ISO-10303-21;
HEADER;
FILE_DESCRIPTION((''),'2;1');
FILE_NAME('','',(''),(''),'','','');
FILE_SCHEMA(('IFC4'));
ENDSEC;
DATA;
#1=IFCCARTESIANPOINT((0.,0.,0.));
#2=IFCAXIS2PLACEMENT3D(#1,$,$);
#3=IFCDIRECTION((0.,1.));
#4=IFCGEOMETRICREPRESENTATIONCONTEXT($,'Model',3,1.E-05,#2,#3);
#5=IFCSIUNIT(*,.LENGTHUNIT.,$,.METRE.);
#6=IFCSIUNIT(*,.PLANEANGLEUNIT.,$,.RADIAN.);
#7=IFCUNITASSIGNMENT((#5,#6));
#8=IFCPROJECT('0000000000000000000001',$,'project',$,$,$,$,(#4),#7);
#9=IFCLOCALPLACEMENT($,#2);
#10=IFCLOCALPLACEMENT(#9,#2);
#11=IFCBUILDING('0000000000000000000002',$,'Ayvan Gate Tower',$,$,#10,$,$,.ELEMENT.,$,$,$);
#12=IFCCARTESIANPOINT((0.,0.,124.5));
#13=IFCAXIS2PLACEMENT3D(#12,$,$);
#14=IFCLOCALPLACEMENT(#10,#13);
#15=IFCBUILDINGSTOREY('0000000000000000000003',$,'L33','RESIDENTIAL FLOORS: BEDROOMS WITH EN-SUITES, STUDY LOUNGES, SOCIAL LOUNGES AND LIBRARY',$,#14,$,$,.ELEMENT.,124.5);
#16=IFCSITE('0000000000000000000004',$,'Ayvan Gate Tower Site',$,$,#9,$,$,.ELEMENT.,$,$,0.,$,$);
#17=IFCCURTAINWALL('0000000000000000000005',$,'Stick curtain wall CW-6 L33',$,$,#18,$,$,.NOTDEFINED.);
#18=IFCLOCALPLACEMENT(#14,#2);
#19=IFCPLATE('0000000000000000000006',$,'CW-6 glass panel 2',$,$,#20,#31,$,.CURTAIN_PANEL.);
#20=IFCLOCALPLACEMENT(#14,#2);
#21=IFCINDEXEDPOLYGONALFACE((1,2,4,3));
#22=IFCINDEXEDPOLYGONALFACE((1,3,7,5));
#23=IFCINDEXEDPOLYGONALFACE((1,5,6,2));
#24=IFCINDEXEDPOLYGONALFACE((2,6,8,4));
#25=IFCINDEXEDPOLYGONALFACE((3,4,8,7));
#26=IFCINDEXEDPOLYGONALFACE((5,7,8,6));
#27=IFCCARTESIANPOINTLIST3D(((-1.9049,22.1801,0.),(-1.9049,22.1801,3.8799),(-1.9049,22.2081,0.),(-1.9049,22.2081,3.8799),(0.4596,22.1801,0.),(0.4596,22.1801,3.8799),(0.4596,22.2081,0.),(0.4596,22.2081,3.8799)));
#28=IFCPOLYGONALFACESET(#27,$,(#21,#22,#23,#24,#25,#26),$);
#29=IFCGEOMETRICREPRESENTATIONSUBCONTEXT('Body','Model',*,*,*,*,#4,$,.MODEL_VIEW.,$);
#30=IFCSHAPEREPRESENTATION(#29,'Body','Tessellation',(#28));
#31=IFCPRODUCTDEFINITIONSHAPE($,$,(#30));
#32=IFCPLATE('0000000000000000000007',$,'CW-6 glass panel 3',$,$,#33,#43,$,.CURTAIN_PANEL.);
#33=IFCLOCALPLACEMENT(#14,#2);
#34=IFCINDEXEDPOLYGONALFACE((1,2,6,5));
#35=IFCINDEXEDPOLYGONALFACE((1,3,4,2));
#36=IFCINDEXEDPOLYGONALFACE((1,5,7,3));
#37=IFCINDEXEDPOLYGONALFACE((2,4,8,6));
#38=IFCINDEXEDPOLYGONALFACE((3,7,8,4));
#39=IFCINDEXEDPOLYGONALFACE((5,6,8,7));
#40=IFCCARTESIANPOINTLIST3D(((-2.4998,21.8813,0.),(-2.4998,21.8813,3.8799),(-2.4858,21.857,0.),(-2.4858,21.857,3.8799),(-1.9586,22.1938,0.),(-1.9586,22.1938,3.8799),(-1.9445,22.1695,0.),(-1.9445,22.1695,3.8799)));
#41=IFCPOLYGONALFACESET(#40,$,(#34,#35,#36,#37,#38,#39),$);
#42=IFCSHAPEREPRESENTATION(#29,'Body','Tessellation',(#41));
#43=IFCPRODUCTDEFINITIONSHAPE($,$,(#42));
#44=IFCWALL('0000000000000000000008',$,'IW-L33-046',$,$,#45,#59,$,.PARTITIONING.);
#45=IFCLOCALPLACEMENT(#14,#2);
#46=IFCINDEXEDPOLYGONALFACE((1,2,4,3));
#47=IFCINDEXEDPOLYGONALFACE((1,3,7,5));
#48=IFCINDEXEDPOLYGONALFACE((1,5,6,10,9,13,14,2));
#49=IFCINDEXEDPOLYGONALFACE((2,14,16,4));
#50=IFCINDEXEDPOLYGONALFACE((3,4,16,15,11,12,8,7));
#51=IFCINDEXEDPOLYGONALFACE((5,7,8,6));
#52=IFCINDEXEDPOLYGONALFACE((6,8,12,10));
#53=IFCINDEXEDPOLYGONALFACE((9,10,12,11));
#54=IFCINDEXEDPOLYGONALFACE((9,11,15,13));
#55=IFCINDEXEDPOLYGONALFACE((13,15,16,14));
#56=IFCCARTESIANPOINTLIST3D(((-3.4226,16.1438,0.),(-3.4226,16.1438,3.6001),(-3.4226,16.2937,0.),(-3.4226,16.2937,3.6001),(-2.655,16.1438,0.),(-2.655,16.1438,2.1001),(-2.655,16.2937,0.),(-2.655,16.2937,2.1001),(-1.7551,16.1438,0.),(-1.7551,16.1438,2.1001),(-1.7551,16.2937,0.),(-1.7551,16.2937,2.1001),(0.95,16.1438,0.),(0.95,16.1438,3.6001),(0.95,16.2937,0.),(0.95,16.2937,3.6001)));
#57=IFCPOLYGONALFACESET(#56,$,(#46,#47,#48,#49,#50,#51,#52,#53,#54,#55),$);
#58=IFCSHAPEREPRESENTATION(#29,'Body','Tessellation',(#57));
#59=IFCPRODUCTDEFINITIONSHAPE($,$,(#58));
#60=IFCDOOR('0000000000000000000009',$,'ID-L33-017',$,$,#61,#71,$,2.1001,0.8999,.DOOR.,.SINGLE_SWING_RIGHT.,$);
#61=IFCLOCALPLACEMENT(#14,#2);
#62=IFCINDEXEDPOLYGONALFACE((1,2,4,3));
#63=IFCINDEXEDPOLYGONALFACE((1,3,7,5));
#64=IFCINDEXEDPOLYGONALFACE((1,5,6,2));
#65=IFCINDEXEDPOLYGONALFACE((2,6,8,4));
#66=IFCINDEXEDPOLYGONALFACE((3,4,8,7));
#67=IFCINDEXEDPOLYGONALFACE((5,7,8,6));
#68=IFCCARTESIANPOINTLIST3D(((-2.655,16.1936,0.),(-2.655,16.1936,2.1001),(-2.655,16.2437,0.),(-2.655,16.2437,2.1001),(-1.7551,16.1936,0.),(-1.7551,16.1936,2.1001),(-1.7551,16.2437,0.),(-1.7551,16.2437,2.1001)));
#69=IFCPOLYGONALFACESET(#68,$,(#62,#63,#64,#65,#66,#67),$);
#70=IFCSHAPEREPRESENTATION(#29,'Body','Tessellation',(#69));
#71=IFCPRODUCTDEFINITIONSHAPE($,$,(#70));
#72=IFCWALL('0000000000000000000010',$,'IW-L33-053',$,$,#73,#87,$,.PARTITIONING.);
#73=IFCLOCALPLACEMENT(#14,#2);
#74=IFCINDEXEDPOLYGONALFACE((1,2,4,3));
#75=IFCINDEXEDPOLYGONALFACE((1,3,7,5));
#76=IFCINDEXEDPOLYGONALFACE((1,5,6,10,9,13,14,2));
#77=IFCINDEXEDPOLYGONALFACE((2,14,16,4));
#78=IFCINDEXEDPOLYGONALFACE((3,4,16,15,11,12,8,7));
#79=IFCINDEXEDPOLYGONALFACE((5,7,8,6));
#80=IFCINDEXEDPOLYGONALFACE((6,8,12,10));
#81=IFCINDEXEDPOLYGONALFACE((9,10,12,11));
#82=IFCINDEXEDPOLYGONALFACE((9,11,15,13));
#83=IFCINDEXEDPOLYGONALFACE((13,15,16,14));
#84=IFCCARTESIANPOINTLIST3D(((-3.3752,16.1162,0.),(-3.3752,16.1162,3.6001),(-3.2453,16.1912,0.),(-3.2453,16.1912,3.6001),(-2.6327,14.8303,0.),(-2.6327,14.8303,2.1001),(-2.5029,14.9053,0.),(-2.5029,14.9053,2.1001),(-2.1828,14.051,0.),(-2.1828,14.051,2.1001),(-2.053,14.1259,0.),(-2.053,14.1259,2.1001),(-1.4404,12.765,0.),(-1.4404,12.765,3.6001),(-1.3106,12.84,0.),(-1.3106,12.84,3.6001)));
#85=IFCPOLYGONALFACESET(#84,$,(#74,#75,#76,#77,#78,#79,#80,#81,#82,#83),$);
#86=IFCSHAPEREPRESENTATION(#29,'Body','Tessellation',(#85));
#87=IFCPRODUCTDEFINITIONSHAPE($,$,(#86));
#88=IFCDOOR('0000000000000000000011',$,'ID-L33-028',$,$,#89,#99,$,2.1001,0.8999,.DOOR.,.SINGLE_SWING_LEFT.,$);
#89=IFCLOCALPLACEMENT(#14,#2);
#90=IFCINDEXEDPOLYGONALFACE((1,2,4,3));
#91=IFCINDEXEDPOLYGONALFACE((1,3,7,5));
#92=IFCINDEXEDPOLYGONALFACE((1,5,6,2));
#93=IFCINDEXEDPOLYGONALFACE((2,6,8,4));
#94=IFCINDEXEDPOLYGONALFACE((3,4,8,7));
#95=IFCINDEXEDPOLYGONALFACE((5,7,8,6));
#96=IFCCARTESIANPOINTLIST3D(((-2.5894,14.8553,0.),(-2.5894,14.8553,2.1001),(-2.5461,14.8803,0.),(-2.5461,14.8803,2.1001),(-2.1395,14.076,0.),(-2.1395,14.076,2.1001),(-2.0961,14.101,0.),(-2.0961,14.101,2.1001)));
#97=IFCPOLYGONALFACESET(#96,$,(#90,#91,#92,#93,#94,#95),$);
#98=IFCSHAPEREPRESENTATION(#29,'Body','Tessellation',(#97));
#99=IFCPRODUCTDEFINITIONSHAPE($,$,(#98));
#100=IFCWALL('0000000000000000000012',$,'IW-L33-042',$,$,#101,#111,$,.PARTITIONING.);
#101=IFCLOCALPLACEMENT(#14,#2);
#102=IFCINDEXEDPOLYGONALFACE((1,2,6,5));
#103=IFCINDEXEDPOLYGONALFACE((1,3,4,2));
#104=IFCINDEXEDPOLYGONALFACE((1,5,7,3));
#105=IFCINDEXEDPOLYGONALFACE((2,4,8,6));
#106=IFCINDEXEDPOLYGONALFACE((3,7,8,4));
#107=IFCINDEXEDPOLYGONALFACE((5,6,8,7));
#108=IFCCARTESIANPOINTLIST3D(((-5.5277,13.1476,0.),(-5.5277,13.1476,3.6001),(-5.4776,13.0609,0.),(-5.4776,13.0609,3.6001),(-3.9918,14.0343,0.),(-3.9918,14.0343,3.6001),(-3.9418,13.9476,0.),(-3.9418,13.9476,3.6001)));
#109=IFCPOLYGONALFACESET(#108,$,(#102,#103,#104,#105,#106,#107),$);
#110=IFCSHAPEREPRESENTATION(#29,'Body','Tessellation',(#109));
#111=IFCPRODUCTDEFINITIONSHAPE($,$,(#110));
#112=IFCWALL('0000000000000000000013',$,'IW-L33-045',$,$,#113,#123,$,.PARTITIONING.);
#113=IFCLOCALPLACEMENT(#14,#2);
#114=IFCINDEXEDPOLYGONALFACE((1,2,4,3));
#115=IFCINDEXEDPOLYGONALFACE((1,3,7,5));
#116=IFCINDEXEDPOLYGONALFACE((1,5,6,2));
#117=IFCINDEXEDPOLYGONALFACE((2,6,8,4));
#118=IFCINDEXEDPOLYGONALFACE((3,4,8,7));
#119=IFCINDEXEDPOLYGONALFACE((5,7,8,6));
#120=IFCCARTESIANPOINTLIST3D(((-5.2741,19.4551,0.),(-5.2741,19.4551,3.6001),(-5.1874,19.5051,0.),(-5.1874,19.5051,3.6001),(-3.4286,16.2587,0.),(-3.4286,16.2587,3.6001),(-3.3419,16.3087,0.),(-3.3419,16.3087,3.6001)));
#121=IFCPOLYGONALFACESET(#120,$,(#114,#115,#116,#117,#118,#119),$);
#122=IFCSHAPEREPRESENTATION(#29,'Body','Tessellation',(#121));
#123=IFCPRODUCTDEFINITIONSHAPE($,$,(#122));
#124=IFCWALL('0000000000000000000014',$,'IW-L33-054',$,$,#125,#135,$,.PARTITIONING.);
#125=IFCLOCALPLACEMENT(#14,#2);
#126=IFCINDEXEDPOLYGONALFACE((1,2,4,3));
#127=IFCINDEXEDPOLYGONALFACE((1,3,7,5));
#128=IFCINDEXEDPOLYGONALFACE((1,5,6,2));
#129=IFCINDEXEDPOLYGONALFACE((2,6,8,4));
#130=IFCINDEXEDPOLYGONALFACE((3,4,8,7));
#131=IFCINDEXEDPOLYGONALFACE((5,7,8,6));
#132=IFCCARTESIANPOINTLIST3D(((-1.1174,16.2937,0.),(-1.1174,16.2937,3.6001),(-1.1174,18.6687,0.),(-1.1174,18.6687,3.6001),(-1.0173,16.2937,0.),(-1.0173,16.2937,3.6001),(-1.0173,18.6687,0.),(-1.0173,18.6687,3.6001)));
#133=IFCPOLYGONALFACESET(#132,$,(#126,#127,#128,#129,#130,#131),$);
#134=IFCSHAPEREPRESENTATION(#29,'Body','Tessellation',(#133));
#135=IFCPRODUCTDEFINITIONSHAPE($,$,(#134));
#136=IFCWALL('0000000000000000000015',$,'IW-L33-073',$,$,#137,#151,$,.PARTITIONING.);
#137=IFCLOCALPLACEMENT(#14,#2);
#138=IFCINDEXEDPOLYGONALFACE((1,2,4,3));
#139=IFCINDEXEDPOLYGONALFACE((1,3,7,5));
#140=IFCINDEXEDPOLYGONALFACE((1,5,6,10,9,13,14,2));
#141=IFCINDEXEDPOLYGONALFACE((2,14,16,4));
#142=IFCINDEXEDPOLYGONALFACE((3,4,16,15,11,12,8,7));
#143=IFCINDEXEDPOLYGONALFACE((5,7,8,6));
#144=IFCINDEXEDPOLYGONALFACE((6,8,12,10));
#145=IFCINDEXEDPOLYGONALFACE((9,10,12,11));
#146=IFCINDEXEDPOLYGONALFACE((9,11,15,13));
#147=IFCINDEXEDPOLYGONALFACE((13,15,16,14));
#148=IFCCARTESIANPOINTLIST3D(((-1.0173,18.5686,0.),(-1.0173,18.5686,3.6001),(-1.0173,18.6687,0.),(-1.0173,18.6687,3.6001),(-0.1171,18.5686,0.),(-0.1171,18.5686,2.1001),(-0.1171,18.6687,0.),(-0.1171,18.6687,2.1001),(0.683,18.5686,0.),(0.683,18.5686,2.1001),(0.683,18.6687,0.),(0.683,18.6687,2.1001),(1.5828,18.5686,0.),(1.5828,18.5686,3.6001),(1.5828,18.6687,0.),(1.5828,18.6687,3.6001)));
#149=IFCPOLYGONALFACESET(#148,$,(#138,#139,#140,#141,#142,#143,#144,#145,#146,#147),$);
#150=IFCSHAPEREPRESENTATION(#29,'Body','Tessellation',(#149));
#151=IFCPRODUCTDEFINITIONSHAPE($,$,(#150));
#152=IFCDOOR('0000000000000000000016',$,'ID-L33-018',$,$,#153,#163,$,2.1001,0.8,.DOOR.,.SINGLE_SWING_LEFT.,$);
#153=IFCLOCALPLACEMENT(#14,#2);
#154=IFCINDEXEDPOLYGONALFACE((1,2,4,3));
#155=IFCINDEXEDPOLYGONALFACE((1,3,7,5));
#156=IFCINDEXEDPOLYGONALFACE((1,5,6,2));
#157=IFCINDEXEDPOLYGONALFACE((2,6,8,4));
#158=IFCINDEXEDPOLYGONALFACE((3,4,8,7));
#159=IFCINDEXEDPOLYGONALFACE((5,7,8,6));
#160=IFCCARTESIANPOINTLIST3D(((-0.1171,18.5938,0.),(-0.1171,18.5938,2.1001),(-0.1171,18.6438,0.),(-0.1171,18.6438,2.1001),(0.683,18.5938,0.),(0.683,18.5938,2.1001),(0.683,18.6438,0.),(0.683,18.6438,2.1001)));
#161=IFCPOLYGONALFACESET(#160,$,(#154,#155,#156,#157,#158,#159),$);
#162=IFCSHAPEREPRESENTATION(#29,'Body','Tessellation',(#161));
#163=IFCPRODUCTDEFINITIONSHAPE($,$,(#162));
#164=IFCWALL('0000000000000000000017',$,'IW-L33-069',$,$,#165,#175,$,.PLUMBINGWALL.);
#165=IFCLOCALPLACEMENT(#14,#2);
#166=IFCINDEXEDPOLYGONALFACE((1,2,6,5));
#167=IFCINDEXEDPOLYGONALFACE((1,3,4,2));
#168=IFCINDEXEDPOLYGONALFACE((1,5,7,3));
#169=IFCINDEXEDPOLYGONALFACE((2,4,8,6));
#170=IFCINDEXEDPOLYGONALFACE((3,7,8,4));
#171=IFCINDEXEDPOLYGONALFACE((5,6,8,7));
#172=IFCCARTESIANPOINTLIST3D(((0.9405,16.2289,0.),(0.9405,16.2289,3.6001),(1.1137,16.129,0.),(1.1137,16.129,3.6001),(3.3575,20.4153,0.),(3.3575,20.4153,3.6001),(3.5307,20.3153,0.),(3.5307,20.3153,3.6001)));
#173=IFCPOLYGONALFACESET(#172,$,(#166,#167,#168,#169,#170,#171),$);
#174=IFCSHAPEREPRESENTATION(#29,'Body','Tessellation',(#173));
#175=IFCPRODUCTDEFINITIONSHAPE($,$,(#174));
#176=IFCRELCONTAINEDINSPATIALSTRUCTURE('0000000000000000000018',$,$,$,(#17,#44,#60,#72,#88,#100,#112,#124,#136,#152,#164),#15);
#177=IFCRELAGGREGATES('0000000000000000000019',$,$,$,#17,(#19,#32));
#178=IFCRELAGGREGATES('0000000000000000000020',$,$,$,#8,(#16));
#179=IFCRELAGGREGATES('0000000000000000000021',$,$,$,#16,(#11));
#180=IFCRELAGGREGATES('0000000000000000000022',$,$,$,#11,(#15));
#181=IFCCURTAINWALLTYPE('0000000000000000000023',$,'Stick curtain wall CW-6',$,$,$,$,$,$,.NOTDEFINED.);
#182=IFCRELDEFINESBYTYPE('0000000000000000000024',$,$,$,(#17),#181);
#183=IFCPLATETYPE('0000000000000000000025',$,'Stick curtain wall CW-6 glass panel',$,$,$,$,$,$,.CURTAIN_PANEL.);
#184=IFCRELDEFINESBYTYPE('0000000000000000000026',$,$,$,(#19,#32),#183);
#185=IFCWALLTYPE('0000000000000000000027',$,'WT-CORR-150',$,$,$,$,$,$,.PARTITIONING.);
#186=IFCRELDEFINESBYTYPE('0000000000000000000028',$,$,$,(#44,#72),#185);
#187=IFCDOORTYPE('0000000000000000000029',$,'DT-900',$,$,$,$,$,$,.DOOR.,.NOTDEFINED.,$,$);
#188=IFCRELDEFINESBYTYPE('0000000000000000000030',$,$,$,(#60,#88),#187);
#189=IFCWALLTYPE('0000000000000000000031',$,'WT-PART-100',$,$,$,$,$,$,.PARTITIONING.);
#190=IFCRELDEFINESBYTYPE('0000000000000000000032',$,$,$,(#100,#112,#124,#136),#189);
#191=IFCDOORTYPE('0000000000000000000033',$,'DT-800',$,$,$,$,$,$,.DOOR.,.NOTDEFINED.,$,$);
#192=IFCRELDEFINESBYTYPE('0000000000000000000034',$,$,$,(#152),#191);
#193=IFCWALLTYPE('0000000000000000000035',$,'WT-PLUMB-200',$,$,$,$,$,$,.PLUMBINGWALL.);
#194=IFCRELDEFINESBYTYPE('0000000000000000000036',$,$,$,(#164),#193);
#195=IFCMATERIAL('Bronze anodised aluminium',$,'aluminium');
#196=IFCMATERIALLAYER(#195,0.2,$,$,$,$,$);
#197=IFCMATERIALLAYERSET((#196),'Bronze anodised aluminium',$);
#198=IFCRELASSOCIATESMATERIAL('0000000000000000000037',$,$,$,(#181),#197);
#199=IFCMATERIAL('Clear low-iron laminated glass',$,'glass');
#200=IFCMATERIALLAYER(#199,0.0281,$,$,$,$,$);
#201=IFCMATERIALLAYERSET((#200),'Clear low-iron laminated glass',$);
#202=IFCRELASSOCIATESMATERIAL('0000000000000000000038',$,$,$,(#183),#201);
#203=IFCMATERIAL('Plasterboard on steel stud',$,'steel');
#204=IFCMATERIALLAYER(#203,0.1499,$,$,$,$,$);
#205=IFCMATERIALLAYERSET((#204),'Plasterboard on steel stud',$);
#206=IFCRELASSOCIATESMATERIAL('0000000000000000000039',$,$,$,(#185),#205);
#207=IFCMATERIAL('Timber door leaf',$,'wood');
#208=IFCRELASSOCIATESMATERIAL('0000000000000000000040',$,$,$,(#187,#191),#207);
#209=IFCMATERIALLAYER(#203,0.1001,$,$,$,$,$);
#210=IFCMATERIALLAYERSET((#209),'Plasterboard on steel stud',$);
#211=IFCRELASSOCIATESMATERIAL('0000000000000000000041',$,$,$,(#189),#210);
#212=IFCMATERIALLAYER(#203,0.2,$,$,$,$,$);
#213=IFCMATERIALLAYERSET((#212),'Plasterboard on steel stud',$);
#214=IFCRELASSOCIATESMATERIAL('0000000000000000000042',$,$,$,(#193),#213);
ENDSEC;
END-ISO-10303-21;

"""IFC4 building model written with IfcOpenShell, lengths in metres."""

from ifc_helpers import new_model, si_unit, direction, frame, frame_2d, origin, origin_2d, place, context, subcontext, project, spatial, rectangle, extrude, material, layer, layer_set, type_object, element, fill, aggregate, save


model = new_model("IFC4")

# Units and contexts
model_context = context("Model", 3, precision=1e-05, world=origin(), true_north=direction((0.0, 1.0)))
body_context = subcontext(model_context, "Body", "Model", "MODEL_VIEW")
ifc_project = project(units=[si_unit("LENGTHUNIT", "METRE"), si_unit("PLANEANGLEUNIT", "RADIAN")], contexts=[model_context])

# Site, building, storey
site_placement = place(None, origin())
site = spatial("IfcSite", under=ifc_project, at=site_placement, Name="Ayvan Gate Tower Site", CompositionType="ELEMENT", RefElevation=0.0)
building_placement = place(site_placement, origin())
building = spatial("IfcBuilding", under=site, at=building_placement, Name="Ayvan Gate Tower", CompositionType="ELEMENT")
storey_placement = place(building_placement, frame((0.0, 0.0, 124.5)))
storey = spatial("IfcBuildingStorey", under=building, at=storey_placement, Name="L33", Description="RESIDENTIAL FLOORS: BEDROOMS WITH EN-SUITES, STUDY LOUNGES, SOCIAL LOUNGES AND LIBRARY", CompositionType="ELEMENT", Elevation=124.5)

# Shared definitions
ifc_material_1 = material(Name="Bronze anodised aluminium", Category="aluminium")

# Curtain wall, plates
ifc_layer_1 = layer(ifc_material_1, 0.2)
ifc_layer_set_1 = layer_set([ifc_layer_1], Name="Bronze anodised aluminium")
curtain_wall_type_1 = type_object("IfcCurtainWallType", Name="Stick curtain wall CW-6", PredefinedType="NOTDEFINED", material=ifc_layer_set_1)
curtain_wall_1_placement = place(storey_placement, origin())
curtain_wall_1 = element("IfcCurtainWall", 1, at=curtain_wall_1_placement, inside=storey, type_object=curtain_wall_type_1, Name="Stick curtain wall CW-6 L33", PredefinedType="NOTDEFINED")
ifc_material_2 = material(Name="Clear low-iron laminated glass", Category="glass")
ifc_layer_2 = layer(ifc_material_2, 0.0281)
ifc_layer_set_2 = layer_set([ifc_layer_2], Name="Clear low-iron laminated glass")
plate_type = type_object("IfcPlateType", Name="Stick curtain wall CW-6 glass panel", PredefinedType="CURTAIN_PANEL", material=ifc_layer_set_2)
plate_1_placement = place(storey_placement, frame((-0.7227, 22.1941, 0.0), z_axis=(0.0, 0.0, 1.0), x_axis=(-1.0, 0.0, 0.0)))
plate_1 = element("IfcPlate", 2, at=plate_1_placement, type_object=plate_type, Name="CW-6 glass panel 2", PredefinedType="CURTAIN_PANEL", context=body_context, shape_type="SweptSolid", body=[
    extrude(rectangle(XDim=2.3645, YDim=0.0281, at=origin_2d()), origin(), (0.0, 0.0, 1.0), 3.8799),
])
plate_2_placement = place(storey_placement, frame((-2.2222, 22.0254, 0.0), z_axis=(0.0, 0.0, 1.0), x_axis=(-0.866025, -0.5, 0.0)))
plate_2 = element("IfcPlate", 3, at=plate_2_placement, type_object=plate_type, Name="CW-6 glass panel 3", PredefinedType="CURTAIN_PANEL", context=body_context, shape_type="SweptSolid", body=[
    extrude(rectangle(XDim=0.625, YDim=0.0281, at=origin_2d()), origin(), (0.0, 0.0, 1.0), 3.8799),
])
aggregate(curtain_wall_1, [plate_1, plate_2])

# Walls, openings, doors
ifc_material_3 = material(Name="Plasterboard on steel stud", Category="steel")
ifc_layer_3 = layer(ifc_material_3, 0.1499)
ifc_layer_set_3 = layer_set([ifc_layer_3], Name="Plasterboard on steel stud")
wall_type_1 = type_object("IfcWallType", Name="WT-CORR-150", PredefinedType="PARTITIONING", material=ifc_layer_set_3)
wall_1_placement = place(storey_placement, frame((-3.4226, 16.2188, 0.0), z_axis=(0.0, 0.0, 1.0), x_axis=(1.0, 0.0, 0.0)))
wall_1 = element("IfcWall", 4, at=wall_1_placement, inside=storey, type_object=wall_type_1, Name="IW-L33-046", PredefinedType="PARTITIONING", context=body_context, shape_type="SweptSolid", body=[
    extrude(rectangle(XDim=4.3726, YDim=0.1499, at=frame_2d((2.1863, 0.0))), origin(), (0.0, 0.0, 1.0), 3.6001),
])
opening_1_placement = place(wall_1_placement, frame((0.7676, 0.0, 0.0)))
opening_1 = element("IfcOpeningElement", 5, at=opening_1_placement, cuts=wall_1, PredefinedType="OPENING", context=body_context, shape_type="SweptSolid", body=[
    extrude(rectangle(XDim=0.8999, YDim=2.1001, at=frame_2d((0.45, 1.05))), frame((0.0, 0.085, 0.0), z_axis=(0.0, -1.0, 0.0), x_axis=(1.0, 0.0, 0.0)), (0.0, 0.0, 1.0), 0.1699),
])
ifc_material_4 = material(Name="Timber door leaf", Category="wood")
door_type_1 = type_object("IfcDoorType", Name="DT-900", OperationType="NOTDEFINED", PredefinedType="DOOR", material=ifc_material_4)
door_1_placement = place(opening_1_placement, origin())
door_1 = element("IfcDoor", 6, at=door_1_placement, inside=storey, type_object=door_type_1, Name="ID-L33-017", OperationType="SINGLE_SWING_RIGHT", OverallHeight=2.1001, OverallWidth=0.8999, PredefinedType="DOOR", context=body_context, shape_type="SweptSolid", body=[
    extrude(rectangle(XDim=0.8999, YDim=2.1001, at=frame_2d((0.45, 1.05))), frame((0.0, 0.0249, 0.0), z_axis=(0.0, -1.0, 0.0), x_axis=(1.0, 0.0, 0.0)), (0.0, 0.0, 1.0), 0.05),
])
fill(opening_1, door_1)
wall_2_placement = place(storey_placement, frame((-1.3755, 12.8025, 0.0), z_axis=(0.0, 0.0, 1.0), x_axis=(-0.499986, 0.866033, 0.0)))
wall_2 = element("IfcWall", 7, at=wall_2_placement, inside=storey, type_object=wall_type_1, Name="IW-L33-053", PredefinedType="PARTITIONING", context=body_context, shape_type="SweptSolid", body=[
    extrude(rectangle(XDim=3.8696, YDim=0.1499, at=frame_2d((1.9348, 0.0))), origin(), (0.0, 0.0, 1.0), 3.6001),
])
opening_2_placement = place(wall_2_placement, frame((1.4849, 0.0, 0.0)))
opening_2 = element("IfcOpeningElement", 8, at=opening_2_placement, cuts=wall_2, PredefinedType="OPENING", context=body_context, shape_type="SweptSolid", body=[
    extrude(rectangle(XDim=0.8999, YDim=2.1001, at=frame_2d((0.45, 1.05))), frame((0.0, 0.085, 0.0), z_axis=(0.0, -1.0, 0.0), x_axis=(1.0, 0.0, 0.0)), (0.0, 0.0, 1.0), 0.1699),
])
door_2_placement = place(opening_2_placement, origin())
door_2 = element("IfcDoor", 9, at=door_2_placement, inside=storey, type_object=door_type_1, Name="ID-L33-028", OperationType="SINGLE_SWING_LEFT", OverallHeight=2.1001, OverallWidth=0.8999, PredefinedType="DOOR", context=body_context, shape_type="SweptSolid", body=[
    extrude(rectangle(XDim=0.8999, YDim=2.1001, at=frame_2d((0.45, 1.05))), frame((0.0, 0.0249, 0.0), z_axis=(0.0, -1.0, 0.0), x_axis=(1.0, 0.0, 0.0)), (0.0, 0.0, 1.0), 0.05),
])
fill(opening_2, door_2)

# Walls
ifc_layer_4 = layer(ifc_material_3, 0.1001)
ifc_layer_set_4 = layer_set([ifc_layer_4], Name="Plasterboard on steel stud")
wall_type_2 = type_object("IfcWallType", Name="WT-PART-100", PredefinedType="PARTITIONING", material=ifc_layer_set_4)
wall_3_placement = place(storey_placement, frame((-3.9668, 13.991, 0.0), z_axis=(0.0, 0.0, 1.0), x_axis=(-0.866032, -0.499989, 0.0)))
element("IfcWall", 10, at=wall_3_placement, inside=storey, type_object=wall_type_2, Name="IW-L33-042", PredefinedType="PARTITIONING", context=body_context, shape_type="SweptSolid", body=[
    extrude(rectangle(XDim=1.7734, YDim=0.1001, at=frame_2d((0.8867, 0.0))), origin(), (0.0, 0.0, 1.0), 3.6001),
])
wall_4_placement = place(storey_placement, frame((-3.3853, 16.2837, 0.0), z_axis=(0.0, 0.0, 1.0), x_axis=(-0.500016, 0.866016, 0.0)))
element("IfcWall", 11, at=wall_4_placement, inside=storey, type_object=wall_type_2, Name="IW-L33-045", PredefinedType="PARTITIONING", context=body_context, shape_type="SweptSolid", body=[
    extrude(rectangle(XDim=3.6909, YDim=0.1001, at=frame_2d((1.8455, 0.0))), origin(), (0.0, 0.0, 1.0), 3.6001),
])
wall_5_placement = place(storey_placement, frame((-1.0674, 18.6687, 0.0), z_axis=(0.0, 0.0, 1.0), x_axis=(0.0, -1.0, 0.0)))
element("IfcWall", 12, at=wall_5_placement, inside=storey, type_object=wall_type_2, Name="IW-L33-054", PredefinedType="PARTITIONING", context=body_context, shape_type="SweptSolid", body=[
    extrude(rectangle(XDim=2.375, YDim=0.1001, at=frame_2d((1.1875, 0.0))), origin(), (0.0, 0.0, 1.0), 3.6001),
])

# Wall, opening, door
wall_6_placement = place(storey_placement, frame((1.5828, 18.6187, 0.0), z_axis=(0.0, 0.0, 1.0), x_axis=(-1.0, 0.0, 0.0)))
wall_6 = element("IfcWall", 13, at=wall_6_placement, inside=storey, type_object=wall_type_2, Name="IW-L33-073", PredefinedType="PARTITIONING", context=body_context, shape_type="SweptSolid", body=[
    extrude(rectangle(XDim=2.6001, YDim=0.1001, at=frame_2d((1.3, 0.0))), origin(), (0.0, 0.0, 1.0), 3.6001),
])
opening_3_placement = place(wall_6_placement, frame((0.8999, 0.0, 0.0)))
opening_3 = element("IfcOpeningElement", 14, at=opening_3_placement, cuts=wall_6, PredefinedType="OPENING", context=body_context, shape_type="SweptSolid", body=[
    extrude(rectangle(XDim=0.8, YDim=2.1001, at=frame_2d((0.3999, 1.05))), frame((0.0, 0.0601, 0.0), z_axis=(0.0, -1.0, 0.0), x_axis=(1.0, 0.0, 0.0)), (0.0, 0.0, 1.0), 0.1201),
])
door_type_2 = type_object("IfcDoorType", Name="DT-800", OperationType="NOTDEFINED", PredefinedType="DOOR", material=ifc_material_4)
door_3_placement = place(opening_3_placement, origin())
door_3 = element("IfcDoor", 15, at=door_3_placement, inside=storey, type_object=door_type_2, Name="ID-L33-018", OperationType="SINGLE_SWING_LEFT", OverallHeight=2.1001, OverallWidth=0.8, PredefinedType="DOOR", context=body_context, shape_type="SweptSolid", body=[
    extrude(rectangle(XDim=0.8, YDim=2.1001, at=frame_2d((0.3999, 1.05))), frame((0.0, 0.0249, 0.0), z_axis=(0.0, -1.0, 0.0), x_axis=(1.0, 0.0, 0.0)), (0.0, 0.0, 1.0), 0.05),
])
fill(opening_3, door_3)

# Wall
ifc_layer_5 = layer(ifc_material_3, 0.2)
ifc_layer_set_5 = layer_set([ifc_layer_5], Name="Plasterboard on steel stud")
wall_type_3 = type_object("IfcWallType", Name="WT-PLUMB-200", PredefinedType="PLUMBINGWALL", material=ifc_layer_set_5)
wall_7_placement = place(storey_placement, frame((1.0271, 16.179, 0.0), z_axis=(0.0, 0.0, 1.0), x_axis=(0.500007, 0.866022, 0.0)))
element("IfcWall", 16, at=wall_7_placement, inside=storey, type_object=wall_type_3, Name="IW-L33-069", PredefinedType="PLUMBINGWALL", context=body_context, shape_type="SweptSolid", body=[
    extrude(rectangle(XDim=4.834, YDim=0.2, at=frame_2d((2.417, 0.0))), origin(), (0.0, 0.0, 1.0), 3.6001),
])

save(model, "model.ifc")
